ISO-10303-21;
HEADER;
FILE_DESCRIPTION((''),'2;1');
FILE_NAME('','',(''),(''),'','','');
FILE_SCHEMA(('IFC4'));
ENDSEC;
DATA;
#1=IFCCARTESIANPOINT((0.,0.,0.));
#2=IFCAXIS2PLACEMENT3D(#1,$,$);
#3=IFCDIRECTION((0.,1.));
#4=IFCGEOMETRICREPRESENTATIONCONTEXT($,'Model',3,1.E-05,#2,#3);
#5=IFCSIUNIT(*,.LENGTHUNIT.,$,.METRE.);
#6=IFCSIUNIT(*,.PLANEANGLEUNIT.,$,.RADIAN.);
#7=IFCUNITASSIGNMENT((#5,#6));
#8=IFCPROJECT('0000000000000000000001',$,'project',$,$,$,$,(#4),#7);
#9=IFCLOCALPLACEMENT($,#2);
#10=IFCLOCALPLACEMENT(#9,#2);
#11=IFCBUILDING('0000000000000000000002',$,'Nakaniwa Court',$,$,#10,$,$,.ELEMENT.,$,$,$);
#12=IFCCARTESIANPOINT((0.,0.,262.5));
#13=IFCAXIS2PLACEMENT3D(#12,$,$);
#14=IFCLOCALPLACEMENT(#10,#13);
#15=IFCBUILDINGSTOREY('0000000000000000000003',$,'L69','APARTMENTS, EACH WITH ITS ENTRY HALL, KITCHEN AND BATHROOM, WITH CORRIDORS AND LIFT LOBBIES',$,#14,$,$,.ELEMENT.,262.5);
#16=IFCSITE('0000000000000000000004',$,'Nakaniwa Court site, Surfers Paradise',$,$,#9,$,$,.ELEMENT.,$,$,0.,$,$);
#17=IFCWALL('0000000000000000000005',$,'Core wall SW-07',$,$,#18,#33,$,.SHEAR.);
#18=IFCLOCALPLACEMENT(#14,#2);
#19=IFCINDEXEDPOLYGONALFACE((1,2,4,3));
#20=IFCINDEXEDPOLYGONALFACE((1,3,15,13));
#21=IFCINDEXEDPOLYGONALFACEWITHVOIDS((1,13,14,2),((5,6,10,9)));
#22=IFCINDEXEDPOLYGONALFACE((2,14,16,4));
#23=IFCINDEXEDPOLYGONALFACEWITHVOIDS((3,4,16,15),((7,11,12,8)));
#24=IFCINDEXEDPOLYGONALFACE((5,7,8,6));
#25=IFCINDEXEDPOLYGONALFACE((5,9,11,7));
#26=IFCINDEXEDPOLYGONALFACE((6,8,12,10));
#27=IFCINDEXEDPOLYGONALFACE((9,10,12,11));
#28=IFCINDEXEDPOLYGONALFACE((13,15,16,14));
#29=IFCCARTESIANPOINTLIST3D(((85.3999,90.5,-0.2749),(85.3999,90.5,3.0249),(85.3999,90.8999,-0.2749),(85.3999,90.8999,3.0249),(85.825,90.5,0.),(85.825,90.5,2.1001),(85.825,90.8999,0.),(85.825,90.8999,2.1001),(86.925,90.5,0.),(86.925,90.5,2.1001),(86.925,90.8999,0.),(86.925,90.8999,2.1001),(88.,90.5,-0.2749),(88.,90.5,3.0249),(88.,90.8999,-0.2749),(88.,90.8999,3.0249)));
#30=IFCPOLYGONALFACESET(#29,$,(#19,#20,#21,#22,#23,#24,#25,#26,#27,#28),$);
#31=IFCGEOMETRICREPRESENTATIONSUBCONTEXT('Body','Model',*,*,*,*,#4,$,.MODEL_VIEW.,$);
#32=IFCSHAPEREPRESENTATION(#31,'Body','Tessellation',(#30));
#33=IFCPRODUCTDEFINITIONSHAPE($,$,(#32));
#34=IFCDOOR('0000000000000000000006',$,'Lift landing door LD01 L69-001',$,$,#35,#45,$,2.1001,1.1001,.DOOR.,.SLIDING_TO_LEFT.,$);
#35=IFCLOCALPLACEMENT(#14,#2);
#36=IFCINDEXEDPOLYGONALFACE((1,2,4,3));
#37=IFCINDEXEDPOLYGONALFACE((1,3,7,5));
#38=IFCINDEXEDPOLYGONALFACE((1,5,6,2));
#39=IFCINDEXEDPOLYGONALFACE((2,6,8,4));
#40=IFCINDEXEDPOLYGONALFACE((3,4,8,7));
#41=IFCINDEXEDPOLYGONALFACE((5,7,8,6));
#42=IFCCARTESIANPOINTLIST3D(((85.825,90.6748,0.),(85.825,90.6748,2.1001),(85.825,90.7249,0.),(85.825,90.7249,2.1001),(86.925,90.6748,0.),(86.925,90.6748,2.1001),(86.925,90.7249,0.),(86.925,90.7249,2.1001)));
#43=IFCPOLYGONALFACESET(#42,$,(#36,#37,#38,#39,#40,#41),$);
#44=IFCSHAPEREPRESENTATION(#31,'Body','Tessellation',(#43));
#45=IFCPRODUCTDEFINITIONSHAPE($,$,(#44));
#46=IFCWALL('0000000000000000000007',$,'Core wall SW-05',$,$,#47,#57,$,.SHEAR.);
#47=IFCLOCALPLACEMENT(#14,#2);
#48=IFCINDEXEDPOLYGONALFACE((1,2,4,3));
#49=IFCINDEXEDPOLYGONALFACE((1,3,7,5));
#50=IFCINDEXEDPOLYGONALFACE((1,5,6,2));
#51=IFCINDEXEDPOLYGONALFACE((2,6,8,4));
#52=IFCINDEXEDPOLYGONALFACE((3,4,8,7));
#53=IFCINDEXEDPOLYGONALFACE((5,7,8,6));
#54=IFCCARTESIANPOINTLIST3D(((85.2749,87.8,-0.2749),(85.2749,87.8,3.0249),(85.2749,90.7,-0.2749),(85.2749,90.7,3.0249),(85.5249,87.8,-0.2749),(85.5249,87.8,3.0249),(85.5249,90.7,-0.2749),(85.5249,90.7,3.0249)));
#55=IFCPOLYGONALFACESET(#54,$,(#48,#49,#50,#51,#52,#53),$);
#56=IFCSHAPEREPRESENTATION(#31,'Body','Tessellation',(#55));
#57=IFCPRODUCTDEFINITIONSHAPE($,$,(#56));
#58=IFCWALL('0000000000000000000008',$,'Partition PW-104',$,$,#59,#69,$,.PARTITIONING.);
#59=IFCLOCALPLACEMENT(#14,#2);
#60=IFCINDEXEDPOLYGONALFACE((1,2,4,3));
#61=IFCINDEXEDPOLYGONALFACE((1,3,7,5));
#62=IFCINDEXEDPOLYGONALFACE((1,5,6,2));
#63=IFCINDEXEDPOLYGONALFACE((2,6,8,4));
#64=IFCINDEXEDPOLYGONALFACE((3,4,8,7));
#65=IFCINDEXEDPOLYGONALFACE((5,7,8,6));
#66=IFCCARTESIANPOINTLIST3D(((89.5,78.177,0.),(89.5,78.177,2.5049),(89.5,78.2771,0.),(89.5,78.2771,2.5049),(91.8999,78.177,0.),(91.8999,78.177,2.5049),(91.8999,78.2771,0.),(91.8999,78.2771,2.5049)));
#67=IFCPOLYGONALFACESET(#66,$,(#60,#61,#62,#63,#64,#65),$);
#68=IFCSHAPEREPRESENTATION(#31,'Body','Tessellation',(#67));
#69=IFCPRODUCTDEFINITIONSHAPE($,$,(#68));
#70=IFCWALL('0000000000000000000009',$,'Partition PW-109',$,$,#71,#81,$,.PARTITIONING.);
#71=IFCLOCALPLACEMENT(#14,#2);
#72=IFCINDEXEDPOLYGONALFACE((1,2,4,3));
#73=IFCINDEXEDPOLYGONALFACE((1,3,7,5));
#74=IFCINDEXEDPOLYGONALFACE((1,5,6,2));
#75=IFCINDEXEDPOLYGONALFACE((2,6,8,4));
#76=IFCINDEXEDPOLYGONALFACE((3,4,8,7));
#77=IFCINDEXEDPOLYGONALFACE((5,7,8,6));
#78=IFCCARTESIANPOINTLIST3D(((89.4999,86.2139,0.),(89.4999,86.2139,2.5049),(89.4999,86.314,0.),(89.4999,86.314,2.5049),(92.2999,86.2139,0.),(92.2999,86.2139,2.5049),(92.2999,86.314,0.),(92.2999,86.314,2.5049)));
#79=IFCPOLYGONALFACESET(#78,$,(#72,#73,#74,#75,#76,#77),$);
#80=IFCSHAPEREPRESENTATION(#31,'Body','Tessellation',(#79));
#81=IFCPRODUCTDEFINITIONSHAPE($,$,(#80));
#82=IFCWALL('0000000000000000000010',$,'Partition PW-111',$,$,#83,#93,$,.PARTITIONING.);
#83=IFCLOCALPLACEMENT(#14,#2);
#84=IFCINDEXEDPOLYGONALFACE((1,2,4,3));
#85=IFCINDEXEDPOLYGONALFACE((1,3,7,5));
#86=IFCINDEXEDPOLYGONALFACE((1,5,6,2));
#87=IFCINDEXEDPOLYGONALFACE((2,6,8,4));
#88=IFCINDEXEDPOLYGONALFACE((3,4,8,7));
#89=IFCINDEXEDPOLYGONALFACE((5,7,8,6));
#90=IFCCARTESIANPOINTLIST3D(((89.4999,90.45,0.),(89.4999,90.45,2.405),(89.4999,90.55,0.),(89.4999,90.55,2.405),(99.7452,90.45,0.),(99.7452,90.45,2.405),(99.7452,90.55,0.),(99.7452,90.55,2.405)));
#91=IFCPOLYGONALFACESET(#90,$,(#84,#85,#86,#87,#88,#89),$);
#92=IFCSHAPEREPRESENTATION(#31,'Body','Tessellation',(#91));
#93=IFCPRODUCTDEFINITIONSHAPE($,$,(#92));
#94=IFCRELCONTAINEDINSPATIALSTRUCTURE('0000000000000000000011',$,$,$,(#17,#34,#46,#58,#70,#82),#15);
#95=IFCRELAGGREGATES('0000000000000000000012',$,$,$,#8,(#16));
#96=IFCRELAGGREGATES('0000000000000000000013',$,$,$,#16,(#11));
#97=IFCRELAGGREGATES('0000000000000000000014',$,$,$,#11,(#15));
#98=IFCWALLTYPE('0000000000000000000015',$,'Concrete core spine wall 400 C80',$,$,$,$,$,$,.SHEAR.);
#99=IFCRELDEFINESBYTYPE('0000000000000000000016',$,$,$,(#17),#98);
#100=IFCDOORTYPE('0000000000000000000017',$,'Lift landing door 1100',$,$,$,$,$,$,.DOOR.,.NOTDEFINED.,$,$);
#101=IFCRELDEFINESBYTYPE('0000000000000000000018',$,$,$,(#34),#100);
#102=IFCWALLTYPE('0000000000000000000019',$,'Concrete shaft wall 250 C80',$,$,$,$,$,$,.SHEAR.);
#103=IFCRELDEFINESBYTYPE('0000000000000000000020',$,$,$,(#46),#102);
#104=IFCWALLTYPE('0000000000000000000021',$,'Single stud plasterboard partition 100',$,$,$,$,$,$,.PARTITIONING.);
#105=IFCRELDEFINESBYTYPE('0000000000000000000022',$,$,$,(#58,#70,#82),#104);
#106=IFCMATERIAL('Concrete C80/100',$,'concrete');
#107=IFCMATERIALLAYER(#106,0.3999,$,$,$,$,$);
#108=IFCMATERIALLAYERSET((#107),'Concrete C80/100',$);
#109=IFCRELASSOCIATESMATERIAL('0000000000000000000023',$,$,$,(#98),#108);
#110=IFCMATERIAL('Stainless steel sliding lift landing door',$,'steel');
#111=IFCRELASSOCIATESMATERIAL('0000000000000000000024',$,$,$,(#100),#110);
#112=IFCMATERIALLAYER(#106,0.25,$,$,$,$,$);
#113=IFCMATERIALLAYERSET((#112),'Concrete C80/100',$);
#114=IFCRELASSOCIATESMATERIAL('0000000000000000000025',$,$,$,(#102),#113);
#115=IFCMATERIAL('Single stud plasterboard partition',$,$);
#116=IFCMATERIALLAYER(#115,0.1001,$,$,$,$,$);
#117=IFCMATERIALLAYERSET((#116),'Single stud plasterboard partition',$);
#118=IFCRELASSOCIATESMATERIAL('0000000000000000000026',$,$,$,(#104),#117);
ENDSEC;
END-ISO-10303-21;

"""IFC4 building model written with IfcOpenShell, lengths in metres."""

from ifc_helpers import new_model, si_unit, direction, frame, frame_2d, origin, place, context, subcontext, project, spatial, rectangle, extrude, material, layer, layer_set, type_object, element, fill, save


model = new_model("IFC4")

# Units and contexts
model_context = context("Model", 3, precision=1e-05, world=origin(), true_north=direction((0.0, 1.0)))
body_context = subcontext(model_context, "Body", "Model", "MODEL_VIEW")
ifc_project = project(units=[si_unit("LENGTHUNIT", "METRE"), si_unit("PLANEANGLEUNIT", "RADIAN")], contexts=[model_context])

# Site, building, storey
site_placement = place(None, origin())
site = spatial("IfcSite", under=ifc_project, at=site_placement, Name="Nakaniwa Court site, Surfers Paradise", CompositionType="ELEMENT", RefElevation=0.0)
building_placement = place(site_placement, origin())
building = spatial("IfcBuilding", under=site, at=building_placement, Name="Nakaniwa Court", CompositionType="ELEMENT")
storey_placement = place(building_placement, frame((0.0, 0.0, 262.5)))
storey = spatial("IfcBuildingStorey", under=building, at=storey_placement, Name="L69", Description="APARTMENTS, EACH WITH ITS ENTRY HALL, KITCHEN AND BATHROOM, WITH CORRIDORS AND LIFT LOBBIES", CompositionType="ELEMENT", Elevation=262.5)

# Shared definitions
ifc_material_1 = material(Name="Concrete C80/100", Category="concrete")

# Wall, opening, door
ifc_layer_1 = layer(ifc_material_1, 0.3999)
ifc_layer_set_1 = layer_set([ifc_layer_1], Name="Concrete C80/100")
wall_type_1 = type_object("IfcWallType", Name="Concrete core spine wall 400 C80", PredefinedType="SHEAR", material=ifc_layer_set_1)
wall_1_placement = place(storey_placement, frame((85.3999, 90.7, -0.2749), z_axis=(0.0, 0.0, 1.0), x_axis=(1.0, 0.0, 0.0)))
wall_1 = element("IfcWall", 1, at=wall_1_placement, inside=storey, type_object=wall_type_1, Name="Core wall SW-07", PredefinedType="SHEAR", context=body_context, shape_type="SweptSolid", body=[
    extrude(rectangle(XDim=2.6001, YDim=0.3999, at=frame_2d((1.3, 0.0))), origin(), (0.0, 0.0, 1.0), 3.2998),
])
opening_1_placement = place(wall_1_placement, frame((0.425, 0.0, 0.2749)))
opening_1 = element("IfcOpeningElement", 2, at=opening_1_placement, cuts=wall_1, PredefinedType="OPENING", context=body_context, shape_type="SweptSolid", body=[
    extrude(rectangle(XDim=1.1001, YDim=2.1001, at=frame_2d((0.55, 1.05))), frame((0.0, 0.21, 0.0), z_axis=(0.0, -1.0, 0.0), x_axis=(1.0, 0.0, 0.0)), (0.0, 0.0, 1.0), 0.4199),
])
ifc_material_2 = material(Name="Stainless steel sliding lift landing door", Category="steel")
door_type_1 = type_object("IfcDoorType", Name="Lift landing door 1100", OperationType="NOTDEFINED", PredefinedType="DOOR", material=ifc_material_2)
door_1_placement = place(opening_1_placement, origin())
door_1 = element("IfcDoor", 3, at=door_1_placement, inside=storey, type_object=door_type_1, Name="Lift landing door LD01 L69-001", OperationType="SLIDING_TO_LEFT", OverallHeight=2.1001, OverallWidth=1.1001, PredefinedType="DOOR", context=body_context, shape_type="SweptSolid", body=[
    extrude(rectangle(XDim=1.1001, YDim=2.1001, at=frame_2d((0.55, 1.05))), frame((0.0, 0.0249, 0.0), z_axis=(0.0, -1.0, 0.0), x_axis=(1.0, 0.0, 0.0)), (0.0, 0.0, 1.0), 0.05),
])
fill(opening_1, door_1)

# Walls
ifc_layer_2 = layer(ifc_material_1, 0.25)
ifc_layer_set_2 = layer_set([ifc_layer_2], Name="Concrete C80/100")
wall_type_2 = type_object("IfcWallType", Name="Concrete shaft wall 250 C80", PredefinedType="SHEAR", material=ifc_layer_set_2)
wall_2_placement = place(storey_placement, frame((85.3999, 87.8, -0.2749), z_axis=(0.0, 0.0, 1.0), x_axis=(0.0, 1.0, 0.0)))
element("IfcWall", 4, at=wall_2_placement, inside=storey, type_object=wall_type_2, Name="Core wall SW-05", PredefinedType="SHEAR", context=body_context, shape_type="SweptSolid", body=[
    extrude(rectangle(XDim=2.8999, YDim=0.25, at=frame_2d((1.45, 0.0))), origin(), (0.0, 0.0, 1.0), 3.2998),
])
ifc_material_3 = material(Name="Single stud plasterboard partition")
ifc_layer_3 = layer(ifc_material_3, 0.1001)
ifc_layer_set_3 = layer_set([ifc_layer_3], Name="Single stud plasterboard partition")
wall_type_3 = type_object("IfcWallType", Name="Single stud plasterboard partition 100", PredefinedType="PARTITIONING", material=ifc_layer_set_3)
wall_3_placement = place(storey_placement, frame((89.5, 78.2271, 0.0), z_axis=(0.0, 0.0, 1.0), x_axis=(1.0, 0.0, 0.0)))
element("IfcWall", 5, at=wall_3_placement, inside=storey, type_object=wall_type_3, Name="Partition PW-104", PredefinedType="PARTITIONING", context=body_context, shape_type="SweptSolid", body=[
    extrude(rectangle(XDim=2.3999, YDim=0.1001, at=frame_2d((1.2, 0.0))), origin(), (0.0, 0.0, 1.0), 2.5049),
])
wall_4_placement = place(storey_placement, frame((89.5, 86.2639, 0.0), z_axis=(0.0, 0.0, 1.0), x_axis=(1.0, 0.0, 0.0)))
element("IfcWall", 6, at=wall_4_placement, inside=storey, type_object=wall_type_3, Name="Partition PW-109", PredefinedType="PARTITIONING", context=body_context, shape_type="SweptSolid", body=[
    extrude(rectangle(XDim=2.8, YDim=0.1001, at=frame_2d((1.3999, 0.0))), origin(), (0.0, 0.0, 1.0), 2.5049),
])
wall_5_placement = place(storey_placement, frame((89.5, 90.5, 0.0), z_axis=(0.0, 0.0, 1.0), x_axis=(1.0, 0.0, 0.0)))
element("IfcWall", 7, at=wall_5_placement, inside=storey, type_object=wall_type_3, Name="Partition PW-111", PredefinedType="PARTITIONING", context=body_context, shape_type="SweptSolid", body=[
    extrude(rectangle(XDim=10.2454, YDim=0.1001, at=frame_2d((5.1226, 0.0))), origin(), (0.0, 0.0, 1.0), 2.405),
])

save(model, "model.ifc")
